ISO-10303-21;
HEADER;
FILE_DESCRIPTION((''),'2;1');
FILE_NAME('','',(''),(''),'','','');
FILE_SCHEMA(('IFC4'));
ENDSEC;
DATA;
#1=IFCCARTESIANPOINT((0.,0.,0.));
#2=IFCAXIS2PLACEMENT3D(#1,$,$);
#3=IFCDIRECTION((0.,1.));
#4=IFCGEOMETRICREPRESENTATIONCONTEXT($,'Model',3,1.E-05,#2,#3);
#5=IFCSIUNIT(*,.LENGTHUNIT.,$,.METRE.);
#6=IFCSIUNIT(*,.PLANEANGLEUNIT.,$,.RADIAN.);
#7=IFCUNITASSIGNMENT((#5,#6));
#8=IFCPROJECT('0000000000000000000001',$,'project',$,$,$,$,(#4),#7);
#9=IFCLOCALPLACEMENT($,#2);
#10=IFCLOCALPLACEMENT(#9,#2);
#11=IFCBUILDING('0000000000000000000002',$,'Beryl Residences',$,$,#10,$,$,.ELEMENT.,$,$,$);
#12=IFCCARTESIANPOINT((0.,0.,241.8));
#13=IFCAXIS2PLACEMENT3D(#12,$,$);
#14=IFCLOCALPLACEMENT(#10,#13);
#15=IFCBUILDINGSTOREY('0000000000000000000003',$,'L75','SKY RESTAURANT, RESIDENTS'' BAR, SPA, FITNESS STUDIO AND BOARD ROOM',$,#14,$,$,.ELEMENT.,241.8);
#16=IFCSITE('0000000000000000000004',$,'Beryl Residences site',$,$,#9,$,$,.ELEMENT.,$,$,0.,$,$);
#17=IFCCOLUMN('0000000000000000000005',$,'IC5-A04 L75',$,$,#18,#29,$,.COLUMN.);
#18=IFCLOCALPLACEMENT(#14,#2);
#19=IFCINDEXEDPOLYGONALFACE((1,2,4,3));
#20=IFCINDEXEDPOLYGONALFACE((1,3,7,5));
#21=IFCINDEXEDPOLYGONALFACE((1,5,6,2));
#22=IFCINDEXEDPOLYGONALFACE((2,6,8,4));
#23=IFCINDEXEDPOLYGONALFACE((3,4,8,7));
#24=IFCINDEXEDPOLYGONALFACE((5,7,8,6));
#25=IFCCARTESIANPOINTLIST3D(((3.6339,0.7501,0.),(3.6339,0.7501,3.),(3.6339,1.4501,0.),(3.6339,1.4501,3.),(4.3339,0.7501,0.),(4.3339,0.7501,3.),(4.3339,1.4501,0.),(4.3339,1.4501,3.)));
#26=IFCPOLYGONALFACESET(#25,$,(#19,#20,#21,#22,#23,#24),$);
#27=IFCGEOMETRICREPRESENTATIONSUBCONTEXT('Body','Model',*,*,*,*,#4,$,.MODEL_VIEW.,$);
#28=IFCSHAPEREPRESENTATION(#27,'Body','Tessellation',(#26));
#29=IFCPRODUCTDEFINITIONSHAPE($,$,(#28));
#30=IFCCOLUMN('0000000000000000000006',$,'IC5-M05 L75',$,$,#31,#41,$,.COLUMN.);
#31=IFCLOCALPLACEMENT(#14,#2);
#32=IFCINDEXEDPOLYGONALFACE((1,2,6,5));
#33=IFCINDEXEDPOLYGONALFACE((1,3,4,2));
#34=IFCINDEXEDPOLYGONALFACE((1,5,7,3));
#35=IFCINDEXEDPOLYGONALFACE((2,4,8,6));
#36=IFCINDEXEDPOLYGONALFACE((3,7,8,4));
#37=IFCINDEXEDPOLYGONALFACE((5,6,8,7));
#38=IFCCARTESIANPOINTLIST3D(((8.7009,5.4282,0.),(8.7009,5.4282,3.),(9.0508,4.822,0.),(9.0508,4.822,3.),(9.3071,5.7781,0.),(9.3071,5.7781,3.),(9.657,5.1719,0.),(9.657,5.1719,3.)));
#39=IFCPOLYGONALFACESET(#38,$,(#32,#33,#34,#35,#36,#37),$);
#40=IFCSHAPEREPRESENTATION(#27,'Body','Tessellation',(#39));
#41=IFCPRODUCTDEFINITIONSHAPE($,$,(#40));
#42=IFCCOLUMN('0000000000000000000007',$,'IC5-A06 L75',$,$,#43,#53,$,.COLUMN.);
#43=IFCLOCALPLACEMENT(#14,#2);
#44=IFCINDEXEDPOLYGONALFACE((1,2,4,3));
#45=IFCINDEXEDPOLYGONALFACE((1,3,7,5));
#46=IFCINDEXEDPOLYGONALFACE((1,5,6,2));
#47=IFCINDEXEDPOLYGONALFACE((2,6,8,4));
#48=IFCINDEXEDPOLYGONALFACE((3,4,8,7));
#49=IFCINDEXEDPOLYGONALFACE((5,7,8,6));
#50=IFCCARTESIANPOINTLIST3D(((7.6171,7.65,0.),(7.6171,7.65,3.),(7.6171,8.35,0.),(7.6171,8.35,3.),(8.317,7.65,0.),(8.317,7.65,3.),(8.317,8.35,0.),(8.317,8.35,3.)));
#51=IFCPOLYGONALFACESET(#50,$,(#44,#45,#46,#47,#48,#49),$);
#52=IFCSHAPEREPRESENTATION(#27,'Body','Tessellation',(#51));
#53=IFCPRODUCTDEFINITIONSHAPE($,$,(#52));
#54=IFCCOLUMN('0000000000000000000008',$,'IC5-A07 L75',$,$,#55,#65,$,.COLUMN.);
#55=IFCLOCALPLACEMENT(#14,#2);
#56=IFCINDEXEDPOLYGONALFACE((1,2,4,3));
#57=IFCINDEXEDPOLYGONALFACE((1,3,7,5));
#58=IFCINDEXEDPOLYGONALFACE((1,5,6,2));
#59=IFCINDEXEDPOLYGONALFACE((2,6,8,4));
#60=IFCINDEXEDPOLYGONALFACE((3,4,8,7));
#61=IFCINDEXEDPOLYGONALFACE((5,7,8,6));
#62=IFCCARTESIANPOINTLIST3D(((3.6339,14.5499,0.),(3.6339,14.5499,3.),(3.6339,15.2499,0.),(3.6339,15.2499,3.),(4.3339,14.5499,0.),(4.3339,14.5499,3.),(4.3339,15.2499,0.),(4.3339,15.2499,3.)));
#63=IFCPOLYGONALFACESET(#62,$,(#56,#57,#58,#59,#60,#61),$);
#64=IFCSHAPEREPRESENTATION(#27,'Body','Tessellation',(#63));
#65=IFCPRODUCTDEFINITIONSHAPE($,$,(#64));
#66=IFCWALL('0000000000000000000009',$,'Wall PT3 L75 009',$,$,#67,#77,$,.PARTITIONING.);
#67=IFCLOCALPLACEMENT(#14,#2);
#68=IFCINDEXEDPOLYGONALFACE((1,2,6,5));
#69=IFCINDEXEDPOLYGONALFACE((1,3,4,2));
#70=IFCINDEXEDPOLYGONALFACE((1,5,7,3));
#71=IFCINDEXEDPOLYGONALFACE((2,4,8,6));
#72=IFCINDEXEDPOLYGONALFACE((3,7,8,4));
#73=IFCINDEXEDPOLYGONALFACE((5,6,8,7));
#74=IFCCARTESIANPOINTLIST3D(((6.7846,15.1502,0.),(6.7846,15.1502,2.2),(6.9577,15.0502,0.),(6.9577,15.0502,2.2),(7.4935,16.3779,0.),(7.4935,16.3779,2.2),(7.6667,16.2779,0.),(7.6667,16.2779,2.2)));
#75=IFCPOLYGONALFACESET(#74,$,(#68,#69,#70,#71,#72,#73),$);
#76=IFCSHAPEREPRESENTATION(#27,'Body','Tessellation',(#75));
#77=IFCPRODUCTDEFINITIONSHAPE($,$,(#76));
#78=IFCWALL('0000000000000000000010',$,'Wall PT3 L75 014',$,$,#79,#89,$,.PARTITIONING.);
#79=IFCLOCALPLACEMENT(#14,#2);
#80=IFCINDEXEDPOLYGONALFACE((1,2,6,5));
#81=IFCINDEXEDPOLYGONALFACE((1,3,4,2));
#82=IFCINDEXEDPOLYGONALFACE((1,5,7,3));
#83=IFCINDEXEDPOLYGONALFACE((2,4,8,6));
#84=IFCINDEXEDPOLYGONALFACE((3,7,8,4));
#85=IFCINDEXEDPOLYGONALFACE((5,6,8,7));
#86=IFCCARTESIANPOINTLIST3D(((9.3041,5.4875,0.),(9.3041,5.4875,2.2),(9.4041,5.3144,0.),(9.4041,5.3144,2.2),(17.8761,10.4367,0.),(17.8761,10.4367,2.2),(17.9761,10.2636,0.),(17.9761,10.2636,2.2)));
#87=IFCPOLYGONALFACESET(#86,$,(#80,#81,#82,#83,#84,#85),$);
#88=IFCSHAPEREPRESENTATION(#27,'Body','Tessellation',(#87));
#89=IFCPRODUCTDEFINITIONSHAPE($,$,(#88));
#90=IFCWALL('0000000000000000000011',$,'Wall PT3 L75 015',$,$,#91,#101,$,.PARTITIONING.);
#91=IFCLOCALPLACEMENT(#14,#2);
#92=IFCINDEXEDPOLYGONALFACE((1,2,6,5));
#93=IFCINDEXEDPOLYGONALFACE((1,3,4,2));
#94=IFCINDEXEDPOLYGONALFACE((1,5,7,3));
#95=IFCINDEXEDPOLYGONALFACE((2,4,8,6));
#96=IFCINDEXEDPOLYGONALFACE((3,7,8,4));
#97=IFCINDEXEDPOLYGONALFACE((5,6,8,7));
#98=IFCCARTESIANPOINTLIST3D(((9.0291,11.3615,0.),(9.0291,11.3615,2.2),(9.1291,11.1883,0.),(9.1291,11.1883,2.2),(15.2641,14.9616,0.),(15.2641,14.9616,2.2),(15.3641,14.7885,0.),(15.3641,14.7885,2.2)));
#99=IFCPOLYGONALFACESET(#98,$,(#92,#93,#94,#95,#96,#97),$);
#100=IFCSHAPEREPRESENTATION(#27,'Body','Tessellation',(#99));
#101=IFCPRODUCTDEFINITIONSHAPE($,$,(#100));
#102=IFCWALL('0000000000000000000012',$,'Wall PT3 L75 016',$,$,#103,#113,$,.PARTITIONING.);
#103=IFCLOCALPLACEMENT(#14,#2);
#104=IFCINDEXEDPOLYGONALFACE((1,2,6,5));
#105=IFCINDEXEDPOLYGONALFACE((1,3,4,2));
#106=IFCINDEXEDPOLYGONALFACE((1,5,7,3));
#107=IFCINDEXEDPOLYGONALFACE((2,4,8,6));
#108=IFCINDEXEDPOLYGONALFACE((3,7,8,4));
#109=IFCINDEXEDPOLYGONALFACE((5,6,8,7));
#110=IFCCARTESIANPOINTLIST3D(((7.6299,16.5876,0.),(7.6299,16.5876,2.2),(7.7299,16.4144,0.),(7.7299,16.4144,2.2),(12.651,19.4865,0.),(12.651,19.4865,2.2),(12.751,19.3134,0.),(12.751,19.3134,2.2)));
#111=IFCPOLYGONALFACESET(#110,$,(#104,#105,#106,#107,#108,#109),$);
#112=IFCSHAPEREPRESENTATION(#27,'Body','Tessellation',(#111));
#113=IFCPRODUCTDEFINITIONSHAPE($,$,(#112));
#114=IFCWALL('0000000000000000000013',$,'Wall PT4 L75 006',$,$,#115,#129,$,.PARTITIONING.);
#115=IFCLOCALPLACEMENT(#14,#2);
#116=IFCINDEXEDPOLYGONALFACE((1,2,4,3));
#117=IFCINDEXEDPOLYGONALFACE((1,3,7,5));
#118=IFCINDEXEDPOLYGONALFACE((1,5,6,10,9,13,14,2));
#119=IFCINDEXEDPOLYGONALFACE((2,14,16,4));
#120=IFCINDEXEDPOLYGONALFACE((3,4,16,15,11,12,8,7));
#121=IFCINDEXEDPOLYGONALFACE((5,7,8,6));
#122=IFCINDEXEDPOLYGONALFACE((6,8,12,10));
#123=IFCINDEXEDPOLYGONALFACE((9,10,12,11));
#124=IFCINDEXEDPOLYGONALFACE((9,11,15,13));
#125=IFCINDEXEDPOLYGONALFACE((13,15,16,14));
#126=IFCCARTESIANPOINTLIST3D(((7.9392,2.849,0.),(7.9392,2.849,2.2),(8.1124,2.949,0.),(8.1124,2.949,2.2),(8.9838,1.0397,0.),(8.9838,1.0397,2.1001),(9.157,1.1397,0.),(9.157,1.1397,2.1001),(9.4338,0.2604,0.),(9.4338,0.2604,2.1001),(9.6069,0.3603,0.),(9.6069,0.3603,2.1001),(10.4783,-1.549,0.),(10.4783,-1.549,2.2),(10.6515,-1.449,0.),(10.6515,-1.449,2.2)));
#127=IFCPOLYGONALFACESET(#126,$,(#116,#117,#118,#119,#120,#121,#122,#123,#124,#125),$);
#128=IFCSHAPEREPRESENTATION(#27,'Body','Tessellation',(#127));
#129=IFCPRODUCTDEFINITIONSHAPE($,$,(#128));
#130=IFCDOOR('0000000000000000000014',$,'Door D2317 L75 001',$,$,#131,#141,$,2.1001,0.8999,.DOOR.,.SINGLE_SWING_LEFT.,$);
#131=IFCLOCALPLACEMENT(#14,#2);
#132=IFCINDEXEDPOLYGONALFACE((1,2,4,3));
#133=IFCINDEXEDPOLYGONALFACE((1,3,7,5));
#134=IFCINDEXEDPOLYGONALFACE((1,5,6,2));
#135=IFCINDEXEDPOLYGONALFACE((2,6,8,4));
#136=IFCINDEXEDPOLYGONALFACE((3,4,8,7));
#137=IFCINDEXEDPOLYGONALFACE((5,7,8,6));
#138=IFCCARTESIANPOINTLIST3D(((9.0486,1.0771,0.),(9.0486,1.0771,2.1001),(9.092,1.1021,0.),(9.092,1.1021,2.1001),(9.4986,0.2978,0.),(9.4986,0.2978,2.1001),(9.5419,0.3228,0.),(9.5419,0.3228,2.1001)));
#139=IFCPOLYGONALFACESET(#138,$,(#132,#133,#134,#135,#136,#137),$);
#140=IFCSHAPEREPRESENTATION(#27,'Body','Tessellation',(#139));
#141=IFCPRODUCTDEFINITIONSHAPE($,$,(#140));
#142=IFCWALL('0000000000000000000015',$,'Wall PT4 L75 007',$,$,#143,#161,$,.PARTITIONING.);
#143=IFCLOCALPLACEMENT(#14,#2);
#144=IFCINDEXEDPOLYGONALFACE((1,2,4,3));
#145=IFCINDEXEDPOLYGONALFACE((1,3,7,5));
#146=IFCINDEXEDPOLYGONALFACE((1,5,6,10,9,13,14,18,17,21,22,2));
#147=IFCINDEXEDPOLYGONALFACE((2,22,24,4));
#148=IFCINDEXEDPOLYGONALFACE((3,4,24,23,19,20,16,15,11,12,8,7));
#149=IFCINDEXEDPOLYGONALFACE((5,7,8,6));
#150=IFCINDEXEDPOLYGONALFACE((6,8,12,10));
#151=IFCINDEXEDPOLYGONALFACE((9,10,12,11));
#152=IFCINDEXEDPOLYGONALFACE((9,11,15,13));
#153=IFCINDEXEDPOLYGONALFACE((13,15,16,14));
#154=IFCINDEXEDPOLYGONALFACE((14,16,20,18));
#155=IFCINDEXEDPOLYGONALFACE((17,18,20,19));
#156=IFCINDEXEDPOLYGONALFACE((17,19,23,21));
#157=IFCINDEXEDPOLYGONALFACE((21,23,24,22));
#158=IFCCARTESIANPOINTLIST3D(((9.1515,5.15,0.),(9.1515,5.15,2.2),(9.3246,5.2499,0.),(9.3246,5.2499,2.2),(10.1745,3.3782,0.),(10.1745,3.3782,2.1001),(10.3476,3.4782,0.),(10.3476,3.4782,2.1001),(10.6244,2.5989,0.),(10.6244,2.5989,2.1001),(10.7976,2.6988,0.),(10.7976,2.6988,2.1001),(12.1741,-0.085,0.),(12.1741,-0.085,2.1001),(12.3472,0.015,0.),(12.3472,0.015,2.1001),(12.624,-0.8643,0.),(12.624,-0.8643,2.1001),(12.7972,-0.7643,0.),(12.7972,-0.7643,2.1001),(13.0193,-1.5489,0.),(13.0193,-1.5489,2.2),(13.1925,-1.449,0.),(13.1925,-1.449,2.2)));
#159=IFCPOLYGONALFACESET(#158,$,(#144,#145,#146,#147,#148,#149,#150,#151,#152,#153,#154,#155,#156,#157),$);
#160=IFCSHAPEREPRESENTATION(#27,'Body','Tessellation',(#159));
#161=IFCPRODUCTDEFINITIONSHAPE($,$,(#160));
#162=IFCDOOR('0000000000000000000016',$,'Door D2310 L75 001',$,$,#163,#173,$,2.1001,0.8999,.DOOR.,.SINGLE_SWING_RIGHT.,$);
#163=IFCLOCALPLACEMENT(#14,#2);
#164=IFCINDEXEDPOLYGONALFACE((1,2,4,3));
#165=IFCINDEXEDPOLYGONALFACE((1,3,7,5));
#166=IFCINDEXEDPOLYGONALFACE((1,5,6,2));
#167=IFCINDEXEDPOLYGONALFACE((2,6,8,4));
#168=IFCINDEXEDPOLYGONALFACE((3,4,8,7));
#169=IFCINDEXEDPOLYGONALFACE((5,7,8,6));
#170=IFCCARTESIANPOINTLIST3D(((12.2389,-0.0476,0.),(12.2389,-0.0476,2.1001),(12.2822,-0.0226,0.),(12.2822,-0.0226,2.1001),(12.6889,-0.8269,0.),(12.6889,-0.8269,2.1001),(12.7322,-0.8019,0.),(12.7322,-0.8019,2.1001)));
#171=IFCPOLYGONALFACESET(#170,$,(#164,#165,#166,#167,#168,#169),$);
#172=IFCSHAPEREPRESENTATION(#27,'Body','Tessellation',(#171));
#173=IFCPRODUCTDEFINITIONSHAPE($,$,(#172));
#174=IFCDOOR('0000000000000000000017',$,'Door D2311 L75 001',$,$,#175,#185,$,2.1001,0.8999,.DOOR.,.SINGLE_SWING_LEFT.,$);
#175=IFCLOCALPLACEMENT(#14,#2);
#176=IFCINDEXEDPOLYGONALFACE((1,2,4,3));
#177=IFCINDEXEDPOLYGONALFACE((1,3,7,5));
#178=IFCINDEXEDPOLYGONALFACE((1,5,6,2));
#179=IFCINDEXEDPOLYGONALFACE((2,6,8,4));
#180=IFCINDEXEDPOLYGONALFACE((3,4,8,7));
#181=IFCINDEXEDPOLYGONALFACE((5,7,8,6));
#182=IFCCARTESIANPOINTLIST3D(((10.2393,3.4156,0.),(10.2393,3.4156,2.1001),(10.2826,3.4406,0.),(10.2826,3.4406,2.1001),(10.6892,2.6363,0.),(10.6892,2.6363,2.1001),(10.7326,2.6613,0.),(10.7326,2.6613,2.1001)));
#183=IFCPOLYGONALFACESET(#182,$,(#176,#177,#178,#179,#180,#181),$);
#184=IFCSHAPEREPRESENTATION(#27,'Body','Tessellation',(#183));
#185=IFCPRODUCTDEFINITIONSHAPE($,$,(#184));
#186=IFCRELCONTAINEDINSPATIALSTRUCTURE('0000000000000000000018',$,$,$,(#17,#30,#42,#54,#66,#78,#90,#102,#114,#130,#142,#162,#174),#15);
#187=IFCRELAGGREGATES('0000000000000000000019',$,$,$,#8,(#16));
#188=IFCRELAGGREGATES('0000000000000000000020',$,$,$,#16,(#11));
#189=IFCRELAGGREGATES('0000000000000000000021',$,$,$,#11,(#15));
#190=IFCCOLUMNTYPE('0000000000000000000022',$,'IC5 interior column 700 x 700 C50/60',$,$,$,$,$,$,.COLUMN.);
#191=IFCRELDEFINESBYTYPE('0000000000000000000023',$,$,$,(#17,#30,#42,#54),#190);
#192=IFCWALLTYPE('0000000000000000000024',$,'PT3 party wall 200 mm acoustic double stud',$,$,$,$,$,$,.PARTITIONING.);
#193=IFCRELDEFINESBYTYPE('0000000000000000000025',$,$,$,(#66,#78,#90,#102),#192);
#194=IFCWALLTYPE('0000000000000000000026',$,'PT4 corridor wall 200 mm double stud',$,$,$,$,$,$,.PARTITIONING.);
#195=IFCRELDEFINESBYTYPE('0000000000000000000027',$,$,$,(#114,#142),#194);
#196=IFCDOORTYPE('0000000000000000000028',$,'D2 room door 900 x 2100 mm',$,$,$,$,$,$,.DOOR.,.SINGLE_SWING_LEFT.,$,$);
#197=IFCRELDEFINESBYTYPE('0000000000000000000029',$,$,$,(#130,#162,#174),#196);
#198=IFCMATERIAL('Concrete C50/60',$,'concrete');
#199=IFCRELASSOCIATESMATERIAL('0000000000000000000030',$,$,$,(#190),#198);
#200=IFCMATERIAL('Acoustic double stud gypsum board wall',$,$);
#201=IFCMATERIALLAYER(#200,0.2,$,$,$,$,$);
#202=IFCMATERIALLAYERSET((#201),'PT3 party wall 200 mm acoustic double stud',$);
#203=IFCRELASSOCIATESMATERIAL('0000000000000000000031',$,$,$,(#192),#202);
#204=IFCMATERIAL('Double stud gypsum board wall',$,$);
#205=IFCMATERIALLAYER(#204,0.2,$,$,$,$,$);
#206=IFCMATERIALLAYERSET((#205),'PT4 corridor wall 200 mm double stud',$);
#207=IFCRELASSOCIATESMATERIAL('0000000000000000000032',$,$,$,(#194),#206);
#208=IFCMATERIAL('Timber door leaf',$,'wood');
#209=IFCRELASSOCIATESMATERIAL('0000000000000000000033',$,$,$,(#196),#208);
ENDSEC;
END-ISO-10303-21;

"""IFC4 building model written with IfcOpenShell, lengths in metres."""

from ifc_helpers import new_model, si_unit, direction, frame, frame_2d, origin, origin_2d, place, context, subcontext, project, spatial, rectangle, extrude, material, layer, layer_set, material_profile, profile_set, type_object, element, fill, save


model = new_model("IFC4")

# Units and contexts
model_context = context("Model", 3, precision=1e-05, world=origin(), true_north=direction((0.0, 1.0)))
body_context = subcontext(model_context, "Body", "Model", "MODEL_VIEW")
ifc_project = project(units=[si_unit("LENGTHUNIT", "METRE"), si_unit("PLANEANGLEUNIT", "RADIAN")], contexts=[model_context])

# Site, building, storey
site_placement = place(None, origin())
site = spatial("IfcSite", under=ifc_project, at=site_placement, Name="Beryl Residences site", CompositionType="ELEMENT", RefElevation=0.0)
building_placement = place(site_placement, origin())
building = spatial("IfcBuilding", under=site, at=building_placement, Name="Beryl Residences", CompositionType="ELEMENT")
storey_placement = place(building_placement, frame((0.0, 0.0, 241.8)))
storey = spatial("IfcBuildingStorey", under=building, at=storey_placement, Name="L75", Description="SKY RESTAURANT, RESIDENTS' BAR, SPA, FITNESS STUDIO AND BOARD ROOM", CompositionType="ELEMENT", Elevation=241.8)

# Columns
ifc_material_1 = material(Name="Concrete C50/60", Category="concrete")
ifc_material_profile = material_profile(ifc_material_1, rectangle(XDim=0.7, YDim=0.7, at=origin_2d()))
ifc_profile_set = profile_set([ifc_material_profile], Name="Concrete C50/60")
column_type = type_object("IfcColumnType", Name="IC5 interior column 700 x 700 C50/60", PredefinedType="COLUMN", material=ifc_profile_set)
for number, where, z_axis, x_axis, name in (
    (1, (3.9839, 1.1001, 0.0), (0.0, 0.0, 1.0), (1.0, 0.0, 0.0), "IC5-A04 L75"),
    (2, (9.179, 5.3, 0.0), (0.0, 0.0, 1.0), (-0.49997, 0.866043, 0.0), "IC5-M05 L75"),
    (3, (7.967, 8.0, 0.0), (0.0, 0.0, 1.0), (1.0, 0.0, 0.0), "IC5-A06 L75"),
    (4, (3.9839, 14.8999, 0.0), (0.0, 0.0, 1.0), (1.0, 0.0, 0.0), "IC5-A07 L75"),
):
    element("IfcColumn", number, at=place(storey_placement, frame(where, z_axis=z_axis, x_axis=x_axis)), inside=storey, type_object=column_type, Name=name, PredefinedType="COLUMN", context=body_context, shape_type="SweptSolid", body=[
        extrude(rectangle(XDim=0.7, YDim=0.7, at=origin_2d()), origin(), (0.0, 0.0, 1.0), 3.0),
    ])

# Walls
ifc_material_2 = material(Name="Acoustic double stud gypsum board wall")
ifc_layer_1 = layer(ifc_material_2, 0.2)
ifc_layer_set_1 = layer_set([ifc_layer_1], Name="PT3 party wall 200 mm acoustic double stud")
wall_type_1 = type_object("IfcWallType", Name="PT3 party wall 200 mm acoustic double stud", PredefinedType="PARTITIONING", material=ifc_layer_set_1)
wall_1_placement = place(storey_placement, frame((6.8711, 15.1001, 0.0), z_axis=(0.0, 0.0, 1.0), x_axis=(0.500065, 0.865988, 0.0)))
element("IfcWall", 5, at=wall_1_placement, inside=storey, type_object=wall_type_1, Name="Wall PT3 L75 009", PredefinedType="PARTITIONING", context=body_context, shape_type="SweptSolid", body=[
    extrude(rectangle(XDim=1.4177, YDim=0.2, at=frame_2d((0.709, 0.0))), origin(), (0.0, 0.0, 1.0), 2.2),
])
wall_2_placement = place(storey_placement, frame((9.354, 5.4009, 0.0), z_axis=(0.0, 0.0, 1.0), x_axis=(0.866018, 0.500012, 0.0)))
element("IfcWall", 6, at=wall_2_placement, inside=storey, type_object=wall_type_1, Name="Wall PT3 L75 014", PredefinedType="PARTITIONING", context=body_context, shape_type="SweptSolid", body=[
    extrude(rectangle(XDim=9.8982, YDim=0.2, at=frame_2d((4.9492, 0.0))), origin(), (0.0, 0.0, 1.0), 2.2),
])
wall_3_placement = place(storey_placement, frame((9.0791, 11.2749, 0.0), z_axis=(0.0, 0.0, 1.0), x_axis=(0.866001, 0.500041, 0.0)))
element("IfcWall", 7, at=wall_3_placement, inside=storey, type_object=wall_type_1, Name="Wall PT3 L75 015", PredefinedType="PARTITIONING", context=body_context, shape_type="SweptSolid", body=[
    extrude(rectangle(XDim=7.1997, YDim=0.2, at=frame_2d((3.5999, 0.0))), origin(), (0.0, 0.0, 1.0), 2.2),
])
wall_4_placement = place(storey_placement, frame((7.6799, 16.501, 0.0), z_axis=(0.0, 0.0, 1.0), x_axis=(0.866021, 0.500007, 0.0)))
element("IfcWall", 8, at=wall_4_placement, inside=storey, type_object=wall_type_1, Name="Wall PT3 L75 016", PredefinedType="PARTITIONING", context=body_context, shape_type="SweptSolid", body=[
    extrude(rectangle(XDim=5.7979, YDim=0.2, at=frame_2d((2.8989, 0.0))), origin(), (0.0, 0.0, 1.0), 2.2),
])

# Wall, opening, door
ifc_material_3 = material(Name="Double stud gypsum board wall")
ifc_layer_2 = layer(ifc_material_3, 0.2)
ifc_layer_set_2 = layer_set([ifc_layer_2], Name="PT4 corridor wall 200 mm double stud")
wall_type_2 = type_object("IfcWallType", Name="PT4 corridor wall 200 mm double stud", PredefinedType="PARTITIONING", material=ifc_layer_set_2)
wall_5_placement = place(storey_placement, frame((8.0259, 2.8989, 0.0), z_axis=(0.0, 0.0, 1.0), x_axis=(0.499986, -0.866033, 0.0)))
wall_5 = element("IfcWall", 9, at=wall_5_placement, inside=storey, type_object=wall_type_2, Name="Wall PT4 L75 006", PredefinedType="PARTITIONING", context=body_context, shape_type="SweptSolid", body=[
    extrude(rectangle(XDim=5.0784, YDim=0.2, at=frame_2d((2.5391, 0.0))), origin(), (0.0, 0.0, 1.0), 2.2),
])
opening_1_placement = place(wall_5_placement, frame((2.0891, 0.0, 0.0)))
opening_1 = element("IfcOpeningElement", 10, at=opening_1_placement, cuts=wall_5, PredefinedType="OPENING", context=body_context, shape_type="SweptSolid", body=[
    extrude(rectangle(XDim=0.8999, YDim=2.1001, at=frame_2d((0.45, 1.05))), frame((0.0, 0.1099, 0.0), z_axis=(0.0, -1.0, 0.0), x_axis=(1.0, 0.0, 0.0)), (0.0, 0.0, 1.0), 0.22),
])
ifc_material_4 = material(Name="Timber door leaf", Category="wood")
door_type = type_object("IfcDoorType", Name="D2 room door 900 x 2100 mm", OperationType="SINGLE_SWING_LEFT", PredefinedType="DOOR", material=ifc_material_4)
door_1_placement = place(opening_1_placement, origin())
door_1 = element("IfcDoor", 11, at=door_1_placement, inside=storey, type_object=door_type, Name="Door D2317 L75 001", OperationType="SINGLE_SWING_LEFT", OverallHeight=2.1001, OverallWidth=0.8999, PredefinedType="DOOR", context=body_context, shape_type="SweptSolid", body=[
    extrude(rectangle(XDim=0.8999, YDim=2.1001, at=frame_2d((0.45, 1.05))), frame((0.0, 0.0249, 0.0), z_axis=(0.0, -1.0, 0.0), x_axis=(1.0, 0.0, 0.0)), (0.0, 0.0, 1.0), 0.05),
])
fill(opening_1, door_1)

# Wall, openings, doors
wall_6_placement = place(storey_placement, frame((9.238, 5.2, 0.0), z_axis=(0.0, 0.0, 1.0), x_axis=(0.500026, -0.866011, 0.0)))
wall_6 = element("IfcWall", 12, at=wall_6_placement, inside=storey, type_object=wall_type_2, Name="Wall PT4 L75 007", PredefinedType="PARTITIONING", context=body_context, shape_type="SweptSolid", body=[
    extrude(rectangle(XDim=7.7354, YDim=0.2, at=frame_2d((3.8677, 0.0))), origin(), (0.0, 0.0, 1.0), 2.2),
])
opening_2_placement = place(wall_6_placement, frame((6.0449, 0.0, 0.0)))
opening_2 = element("IfcOpeningElement", 13, at=opening_2_placement, cuts=wall_6, PredefinedType="OPENING", context=body_context, shape_type="SweptSolid", body=[
    extrude(rectangle(XDim=0.8999, YDim=2.1001, at=frame_2d((0.45, 1.05))), frame((0.0, 0.1099, 0.0), z_axis=(0.0, -1.0, 0.0), x_axis=(1.0, 0.0, 0.0)), (0.0, 0.0, 1.0), 0.22),
])
opening_3_placement = place(wall_6_placement, frame((2.0459, 0.0, 0.0)))
opening_3 = element("IfcOpeningElement", 14, at=opening_3_placement, cuts=wall_6, PredefinedType="OPENING", context=body_context, shape_type="SweptSolid", body=[
    extrude(rectangle(XDim=0.8999, YDim=2.1001, at=frame_2d((0.45, 1.05))), frame((0.0, 0.1099, 0.0), z_axis=(0.0, -1.0, 0.0), x_axis=(1.0, 0.0, 0.0)), (0.0, 0.0, 1.0), 0.22),
])
door_2_placement = place(opening_2_placement, origin())
door_2 = element("IfcDoor", 15, at=door_2_placement, inside=storey, type_object=door_type, Name="Door D2310 L75 001", OperationType="SINGLE_SWING_RIGHT", OverallHeight=2.1001, OverallWidth=0.8999, PredefinedType="DOOR", context=body_context, shape_type="SweptSolid", body=[
    extrude(rectangle(XDim=0.8999, YDim=2.1001, at=frame_2d((0.45, 1.05))), frame((0.0, 0.0249, 0.0), z_axis=(0.0, -1.0, 0.0), x_axis=(1.0, 0.0, 0.0)), (0.0, 0.0, 1.0), 0.05),
])
fill(opening_2, door_2)
door_3_placement = place(opening_3_placement, origin())
door_3 = element("IfcDoor", 16, at=door_3_placement, inside=storey, type_object=door_type, Name="Door D2311 L75 001", OperationType="SINGLE_SWING_LEFT", OverallHeight=2.1001, OverallWidth=0.8999, PredefinedType="DOOR", context=body_context, shape_type="SweptSolid", body=[
    extrude(rectangle(XDim=0.8999, YDim=2.1001, at=frame_2d((0.45, 1.05))), frame((0.0, 0.0249, 0.0), z_axis=(0.0, -1.0, 0.0), x_axis=(1.0, 0.0, 0.0)), (0.0, 0.0, 1.0), 0.05),
])
fill(opening_3, door_3)

save(model, "model.ifc")
